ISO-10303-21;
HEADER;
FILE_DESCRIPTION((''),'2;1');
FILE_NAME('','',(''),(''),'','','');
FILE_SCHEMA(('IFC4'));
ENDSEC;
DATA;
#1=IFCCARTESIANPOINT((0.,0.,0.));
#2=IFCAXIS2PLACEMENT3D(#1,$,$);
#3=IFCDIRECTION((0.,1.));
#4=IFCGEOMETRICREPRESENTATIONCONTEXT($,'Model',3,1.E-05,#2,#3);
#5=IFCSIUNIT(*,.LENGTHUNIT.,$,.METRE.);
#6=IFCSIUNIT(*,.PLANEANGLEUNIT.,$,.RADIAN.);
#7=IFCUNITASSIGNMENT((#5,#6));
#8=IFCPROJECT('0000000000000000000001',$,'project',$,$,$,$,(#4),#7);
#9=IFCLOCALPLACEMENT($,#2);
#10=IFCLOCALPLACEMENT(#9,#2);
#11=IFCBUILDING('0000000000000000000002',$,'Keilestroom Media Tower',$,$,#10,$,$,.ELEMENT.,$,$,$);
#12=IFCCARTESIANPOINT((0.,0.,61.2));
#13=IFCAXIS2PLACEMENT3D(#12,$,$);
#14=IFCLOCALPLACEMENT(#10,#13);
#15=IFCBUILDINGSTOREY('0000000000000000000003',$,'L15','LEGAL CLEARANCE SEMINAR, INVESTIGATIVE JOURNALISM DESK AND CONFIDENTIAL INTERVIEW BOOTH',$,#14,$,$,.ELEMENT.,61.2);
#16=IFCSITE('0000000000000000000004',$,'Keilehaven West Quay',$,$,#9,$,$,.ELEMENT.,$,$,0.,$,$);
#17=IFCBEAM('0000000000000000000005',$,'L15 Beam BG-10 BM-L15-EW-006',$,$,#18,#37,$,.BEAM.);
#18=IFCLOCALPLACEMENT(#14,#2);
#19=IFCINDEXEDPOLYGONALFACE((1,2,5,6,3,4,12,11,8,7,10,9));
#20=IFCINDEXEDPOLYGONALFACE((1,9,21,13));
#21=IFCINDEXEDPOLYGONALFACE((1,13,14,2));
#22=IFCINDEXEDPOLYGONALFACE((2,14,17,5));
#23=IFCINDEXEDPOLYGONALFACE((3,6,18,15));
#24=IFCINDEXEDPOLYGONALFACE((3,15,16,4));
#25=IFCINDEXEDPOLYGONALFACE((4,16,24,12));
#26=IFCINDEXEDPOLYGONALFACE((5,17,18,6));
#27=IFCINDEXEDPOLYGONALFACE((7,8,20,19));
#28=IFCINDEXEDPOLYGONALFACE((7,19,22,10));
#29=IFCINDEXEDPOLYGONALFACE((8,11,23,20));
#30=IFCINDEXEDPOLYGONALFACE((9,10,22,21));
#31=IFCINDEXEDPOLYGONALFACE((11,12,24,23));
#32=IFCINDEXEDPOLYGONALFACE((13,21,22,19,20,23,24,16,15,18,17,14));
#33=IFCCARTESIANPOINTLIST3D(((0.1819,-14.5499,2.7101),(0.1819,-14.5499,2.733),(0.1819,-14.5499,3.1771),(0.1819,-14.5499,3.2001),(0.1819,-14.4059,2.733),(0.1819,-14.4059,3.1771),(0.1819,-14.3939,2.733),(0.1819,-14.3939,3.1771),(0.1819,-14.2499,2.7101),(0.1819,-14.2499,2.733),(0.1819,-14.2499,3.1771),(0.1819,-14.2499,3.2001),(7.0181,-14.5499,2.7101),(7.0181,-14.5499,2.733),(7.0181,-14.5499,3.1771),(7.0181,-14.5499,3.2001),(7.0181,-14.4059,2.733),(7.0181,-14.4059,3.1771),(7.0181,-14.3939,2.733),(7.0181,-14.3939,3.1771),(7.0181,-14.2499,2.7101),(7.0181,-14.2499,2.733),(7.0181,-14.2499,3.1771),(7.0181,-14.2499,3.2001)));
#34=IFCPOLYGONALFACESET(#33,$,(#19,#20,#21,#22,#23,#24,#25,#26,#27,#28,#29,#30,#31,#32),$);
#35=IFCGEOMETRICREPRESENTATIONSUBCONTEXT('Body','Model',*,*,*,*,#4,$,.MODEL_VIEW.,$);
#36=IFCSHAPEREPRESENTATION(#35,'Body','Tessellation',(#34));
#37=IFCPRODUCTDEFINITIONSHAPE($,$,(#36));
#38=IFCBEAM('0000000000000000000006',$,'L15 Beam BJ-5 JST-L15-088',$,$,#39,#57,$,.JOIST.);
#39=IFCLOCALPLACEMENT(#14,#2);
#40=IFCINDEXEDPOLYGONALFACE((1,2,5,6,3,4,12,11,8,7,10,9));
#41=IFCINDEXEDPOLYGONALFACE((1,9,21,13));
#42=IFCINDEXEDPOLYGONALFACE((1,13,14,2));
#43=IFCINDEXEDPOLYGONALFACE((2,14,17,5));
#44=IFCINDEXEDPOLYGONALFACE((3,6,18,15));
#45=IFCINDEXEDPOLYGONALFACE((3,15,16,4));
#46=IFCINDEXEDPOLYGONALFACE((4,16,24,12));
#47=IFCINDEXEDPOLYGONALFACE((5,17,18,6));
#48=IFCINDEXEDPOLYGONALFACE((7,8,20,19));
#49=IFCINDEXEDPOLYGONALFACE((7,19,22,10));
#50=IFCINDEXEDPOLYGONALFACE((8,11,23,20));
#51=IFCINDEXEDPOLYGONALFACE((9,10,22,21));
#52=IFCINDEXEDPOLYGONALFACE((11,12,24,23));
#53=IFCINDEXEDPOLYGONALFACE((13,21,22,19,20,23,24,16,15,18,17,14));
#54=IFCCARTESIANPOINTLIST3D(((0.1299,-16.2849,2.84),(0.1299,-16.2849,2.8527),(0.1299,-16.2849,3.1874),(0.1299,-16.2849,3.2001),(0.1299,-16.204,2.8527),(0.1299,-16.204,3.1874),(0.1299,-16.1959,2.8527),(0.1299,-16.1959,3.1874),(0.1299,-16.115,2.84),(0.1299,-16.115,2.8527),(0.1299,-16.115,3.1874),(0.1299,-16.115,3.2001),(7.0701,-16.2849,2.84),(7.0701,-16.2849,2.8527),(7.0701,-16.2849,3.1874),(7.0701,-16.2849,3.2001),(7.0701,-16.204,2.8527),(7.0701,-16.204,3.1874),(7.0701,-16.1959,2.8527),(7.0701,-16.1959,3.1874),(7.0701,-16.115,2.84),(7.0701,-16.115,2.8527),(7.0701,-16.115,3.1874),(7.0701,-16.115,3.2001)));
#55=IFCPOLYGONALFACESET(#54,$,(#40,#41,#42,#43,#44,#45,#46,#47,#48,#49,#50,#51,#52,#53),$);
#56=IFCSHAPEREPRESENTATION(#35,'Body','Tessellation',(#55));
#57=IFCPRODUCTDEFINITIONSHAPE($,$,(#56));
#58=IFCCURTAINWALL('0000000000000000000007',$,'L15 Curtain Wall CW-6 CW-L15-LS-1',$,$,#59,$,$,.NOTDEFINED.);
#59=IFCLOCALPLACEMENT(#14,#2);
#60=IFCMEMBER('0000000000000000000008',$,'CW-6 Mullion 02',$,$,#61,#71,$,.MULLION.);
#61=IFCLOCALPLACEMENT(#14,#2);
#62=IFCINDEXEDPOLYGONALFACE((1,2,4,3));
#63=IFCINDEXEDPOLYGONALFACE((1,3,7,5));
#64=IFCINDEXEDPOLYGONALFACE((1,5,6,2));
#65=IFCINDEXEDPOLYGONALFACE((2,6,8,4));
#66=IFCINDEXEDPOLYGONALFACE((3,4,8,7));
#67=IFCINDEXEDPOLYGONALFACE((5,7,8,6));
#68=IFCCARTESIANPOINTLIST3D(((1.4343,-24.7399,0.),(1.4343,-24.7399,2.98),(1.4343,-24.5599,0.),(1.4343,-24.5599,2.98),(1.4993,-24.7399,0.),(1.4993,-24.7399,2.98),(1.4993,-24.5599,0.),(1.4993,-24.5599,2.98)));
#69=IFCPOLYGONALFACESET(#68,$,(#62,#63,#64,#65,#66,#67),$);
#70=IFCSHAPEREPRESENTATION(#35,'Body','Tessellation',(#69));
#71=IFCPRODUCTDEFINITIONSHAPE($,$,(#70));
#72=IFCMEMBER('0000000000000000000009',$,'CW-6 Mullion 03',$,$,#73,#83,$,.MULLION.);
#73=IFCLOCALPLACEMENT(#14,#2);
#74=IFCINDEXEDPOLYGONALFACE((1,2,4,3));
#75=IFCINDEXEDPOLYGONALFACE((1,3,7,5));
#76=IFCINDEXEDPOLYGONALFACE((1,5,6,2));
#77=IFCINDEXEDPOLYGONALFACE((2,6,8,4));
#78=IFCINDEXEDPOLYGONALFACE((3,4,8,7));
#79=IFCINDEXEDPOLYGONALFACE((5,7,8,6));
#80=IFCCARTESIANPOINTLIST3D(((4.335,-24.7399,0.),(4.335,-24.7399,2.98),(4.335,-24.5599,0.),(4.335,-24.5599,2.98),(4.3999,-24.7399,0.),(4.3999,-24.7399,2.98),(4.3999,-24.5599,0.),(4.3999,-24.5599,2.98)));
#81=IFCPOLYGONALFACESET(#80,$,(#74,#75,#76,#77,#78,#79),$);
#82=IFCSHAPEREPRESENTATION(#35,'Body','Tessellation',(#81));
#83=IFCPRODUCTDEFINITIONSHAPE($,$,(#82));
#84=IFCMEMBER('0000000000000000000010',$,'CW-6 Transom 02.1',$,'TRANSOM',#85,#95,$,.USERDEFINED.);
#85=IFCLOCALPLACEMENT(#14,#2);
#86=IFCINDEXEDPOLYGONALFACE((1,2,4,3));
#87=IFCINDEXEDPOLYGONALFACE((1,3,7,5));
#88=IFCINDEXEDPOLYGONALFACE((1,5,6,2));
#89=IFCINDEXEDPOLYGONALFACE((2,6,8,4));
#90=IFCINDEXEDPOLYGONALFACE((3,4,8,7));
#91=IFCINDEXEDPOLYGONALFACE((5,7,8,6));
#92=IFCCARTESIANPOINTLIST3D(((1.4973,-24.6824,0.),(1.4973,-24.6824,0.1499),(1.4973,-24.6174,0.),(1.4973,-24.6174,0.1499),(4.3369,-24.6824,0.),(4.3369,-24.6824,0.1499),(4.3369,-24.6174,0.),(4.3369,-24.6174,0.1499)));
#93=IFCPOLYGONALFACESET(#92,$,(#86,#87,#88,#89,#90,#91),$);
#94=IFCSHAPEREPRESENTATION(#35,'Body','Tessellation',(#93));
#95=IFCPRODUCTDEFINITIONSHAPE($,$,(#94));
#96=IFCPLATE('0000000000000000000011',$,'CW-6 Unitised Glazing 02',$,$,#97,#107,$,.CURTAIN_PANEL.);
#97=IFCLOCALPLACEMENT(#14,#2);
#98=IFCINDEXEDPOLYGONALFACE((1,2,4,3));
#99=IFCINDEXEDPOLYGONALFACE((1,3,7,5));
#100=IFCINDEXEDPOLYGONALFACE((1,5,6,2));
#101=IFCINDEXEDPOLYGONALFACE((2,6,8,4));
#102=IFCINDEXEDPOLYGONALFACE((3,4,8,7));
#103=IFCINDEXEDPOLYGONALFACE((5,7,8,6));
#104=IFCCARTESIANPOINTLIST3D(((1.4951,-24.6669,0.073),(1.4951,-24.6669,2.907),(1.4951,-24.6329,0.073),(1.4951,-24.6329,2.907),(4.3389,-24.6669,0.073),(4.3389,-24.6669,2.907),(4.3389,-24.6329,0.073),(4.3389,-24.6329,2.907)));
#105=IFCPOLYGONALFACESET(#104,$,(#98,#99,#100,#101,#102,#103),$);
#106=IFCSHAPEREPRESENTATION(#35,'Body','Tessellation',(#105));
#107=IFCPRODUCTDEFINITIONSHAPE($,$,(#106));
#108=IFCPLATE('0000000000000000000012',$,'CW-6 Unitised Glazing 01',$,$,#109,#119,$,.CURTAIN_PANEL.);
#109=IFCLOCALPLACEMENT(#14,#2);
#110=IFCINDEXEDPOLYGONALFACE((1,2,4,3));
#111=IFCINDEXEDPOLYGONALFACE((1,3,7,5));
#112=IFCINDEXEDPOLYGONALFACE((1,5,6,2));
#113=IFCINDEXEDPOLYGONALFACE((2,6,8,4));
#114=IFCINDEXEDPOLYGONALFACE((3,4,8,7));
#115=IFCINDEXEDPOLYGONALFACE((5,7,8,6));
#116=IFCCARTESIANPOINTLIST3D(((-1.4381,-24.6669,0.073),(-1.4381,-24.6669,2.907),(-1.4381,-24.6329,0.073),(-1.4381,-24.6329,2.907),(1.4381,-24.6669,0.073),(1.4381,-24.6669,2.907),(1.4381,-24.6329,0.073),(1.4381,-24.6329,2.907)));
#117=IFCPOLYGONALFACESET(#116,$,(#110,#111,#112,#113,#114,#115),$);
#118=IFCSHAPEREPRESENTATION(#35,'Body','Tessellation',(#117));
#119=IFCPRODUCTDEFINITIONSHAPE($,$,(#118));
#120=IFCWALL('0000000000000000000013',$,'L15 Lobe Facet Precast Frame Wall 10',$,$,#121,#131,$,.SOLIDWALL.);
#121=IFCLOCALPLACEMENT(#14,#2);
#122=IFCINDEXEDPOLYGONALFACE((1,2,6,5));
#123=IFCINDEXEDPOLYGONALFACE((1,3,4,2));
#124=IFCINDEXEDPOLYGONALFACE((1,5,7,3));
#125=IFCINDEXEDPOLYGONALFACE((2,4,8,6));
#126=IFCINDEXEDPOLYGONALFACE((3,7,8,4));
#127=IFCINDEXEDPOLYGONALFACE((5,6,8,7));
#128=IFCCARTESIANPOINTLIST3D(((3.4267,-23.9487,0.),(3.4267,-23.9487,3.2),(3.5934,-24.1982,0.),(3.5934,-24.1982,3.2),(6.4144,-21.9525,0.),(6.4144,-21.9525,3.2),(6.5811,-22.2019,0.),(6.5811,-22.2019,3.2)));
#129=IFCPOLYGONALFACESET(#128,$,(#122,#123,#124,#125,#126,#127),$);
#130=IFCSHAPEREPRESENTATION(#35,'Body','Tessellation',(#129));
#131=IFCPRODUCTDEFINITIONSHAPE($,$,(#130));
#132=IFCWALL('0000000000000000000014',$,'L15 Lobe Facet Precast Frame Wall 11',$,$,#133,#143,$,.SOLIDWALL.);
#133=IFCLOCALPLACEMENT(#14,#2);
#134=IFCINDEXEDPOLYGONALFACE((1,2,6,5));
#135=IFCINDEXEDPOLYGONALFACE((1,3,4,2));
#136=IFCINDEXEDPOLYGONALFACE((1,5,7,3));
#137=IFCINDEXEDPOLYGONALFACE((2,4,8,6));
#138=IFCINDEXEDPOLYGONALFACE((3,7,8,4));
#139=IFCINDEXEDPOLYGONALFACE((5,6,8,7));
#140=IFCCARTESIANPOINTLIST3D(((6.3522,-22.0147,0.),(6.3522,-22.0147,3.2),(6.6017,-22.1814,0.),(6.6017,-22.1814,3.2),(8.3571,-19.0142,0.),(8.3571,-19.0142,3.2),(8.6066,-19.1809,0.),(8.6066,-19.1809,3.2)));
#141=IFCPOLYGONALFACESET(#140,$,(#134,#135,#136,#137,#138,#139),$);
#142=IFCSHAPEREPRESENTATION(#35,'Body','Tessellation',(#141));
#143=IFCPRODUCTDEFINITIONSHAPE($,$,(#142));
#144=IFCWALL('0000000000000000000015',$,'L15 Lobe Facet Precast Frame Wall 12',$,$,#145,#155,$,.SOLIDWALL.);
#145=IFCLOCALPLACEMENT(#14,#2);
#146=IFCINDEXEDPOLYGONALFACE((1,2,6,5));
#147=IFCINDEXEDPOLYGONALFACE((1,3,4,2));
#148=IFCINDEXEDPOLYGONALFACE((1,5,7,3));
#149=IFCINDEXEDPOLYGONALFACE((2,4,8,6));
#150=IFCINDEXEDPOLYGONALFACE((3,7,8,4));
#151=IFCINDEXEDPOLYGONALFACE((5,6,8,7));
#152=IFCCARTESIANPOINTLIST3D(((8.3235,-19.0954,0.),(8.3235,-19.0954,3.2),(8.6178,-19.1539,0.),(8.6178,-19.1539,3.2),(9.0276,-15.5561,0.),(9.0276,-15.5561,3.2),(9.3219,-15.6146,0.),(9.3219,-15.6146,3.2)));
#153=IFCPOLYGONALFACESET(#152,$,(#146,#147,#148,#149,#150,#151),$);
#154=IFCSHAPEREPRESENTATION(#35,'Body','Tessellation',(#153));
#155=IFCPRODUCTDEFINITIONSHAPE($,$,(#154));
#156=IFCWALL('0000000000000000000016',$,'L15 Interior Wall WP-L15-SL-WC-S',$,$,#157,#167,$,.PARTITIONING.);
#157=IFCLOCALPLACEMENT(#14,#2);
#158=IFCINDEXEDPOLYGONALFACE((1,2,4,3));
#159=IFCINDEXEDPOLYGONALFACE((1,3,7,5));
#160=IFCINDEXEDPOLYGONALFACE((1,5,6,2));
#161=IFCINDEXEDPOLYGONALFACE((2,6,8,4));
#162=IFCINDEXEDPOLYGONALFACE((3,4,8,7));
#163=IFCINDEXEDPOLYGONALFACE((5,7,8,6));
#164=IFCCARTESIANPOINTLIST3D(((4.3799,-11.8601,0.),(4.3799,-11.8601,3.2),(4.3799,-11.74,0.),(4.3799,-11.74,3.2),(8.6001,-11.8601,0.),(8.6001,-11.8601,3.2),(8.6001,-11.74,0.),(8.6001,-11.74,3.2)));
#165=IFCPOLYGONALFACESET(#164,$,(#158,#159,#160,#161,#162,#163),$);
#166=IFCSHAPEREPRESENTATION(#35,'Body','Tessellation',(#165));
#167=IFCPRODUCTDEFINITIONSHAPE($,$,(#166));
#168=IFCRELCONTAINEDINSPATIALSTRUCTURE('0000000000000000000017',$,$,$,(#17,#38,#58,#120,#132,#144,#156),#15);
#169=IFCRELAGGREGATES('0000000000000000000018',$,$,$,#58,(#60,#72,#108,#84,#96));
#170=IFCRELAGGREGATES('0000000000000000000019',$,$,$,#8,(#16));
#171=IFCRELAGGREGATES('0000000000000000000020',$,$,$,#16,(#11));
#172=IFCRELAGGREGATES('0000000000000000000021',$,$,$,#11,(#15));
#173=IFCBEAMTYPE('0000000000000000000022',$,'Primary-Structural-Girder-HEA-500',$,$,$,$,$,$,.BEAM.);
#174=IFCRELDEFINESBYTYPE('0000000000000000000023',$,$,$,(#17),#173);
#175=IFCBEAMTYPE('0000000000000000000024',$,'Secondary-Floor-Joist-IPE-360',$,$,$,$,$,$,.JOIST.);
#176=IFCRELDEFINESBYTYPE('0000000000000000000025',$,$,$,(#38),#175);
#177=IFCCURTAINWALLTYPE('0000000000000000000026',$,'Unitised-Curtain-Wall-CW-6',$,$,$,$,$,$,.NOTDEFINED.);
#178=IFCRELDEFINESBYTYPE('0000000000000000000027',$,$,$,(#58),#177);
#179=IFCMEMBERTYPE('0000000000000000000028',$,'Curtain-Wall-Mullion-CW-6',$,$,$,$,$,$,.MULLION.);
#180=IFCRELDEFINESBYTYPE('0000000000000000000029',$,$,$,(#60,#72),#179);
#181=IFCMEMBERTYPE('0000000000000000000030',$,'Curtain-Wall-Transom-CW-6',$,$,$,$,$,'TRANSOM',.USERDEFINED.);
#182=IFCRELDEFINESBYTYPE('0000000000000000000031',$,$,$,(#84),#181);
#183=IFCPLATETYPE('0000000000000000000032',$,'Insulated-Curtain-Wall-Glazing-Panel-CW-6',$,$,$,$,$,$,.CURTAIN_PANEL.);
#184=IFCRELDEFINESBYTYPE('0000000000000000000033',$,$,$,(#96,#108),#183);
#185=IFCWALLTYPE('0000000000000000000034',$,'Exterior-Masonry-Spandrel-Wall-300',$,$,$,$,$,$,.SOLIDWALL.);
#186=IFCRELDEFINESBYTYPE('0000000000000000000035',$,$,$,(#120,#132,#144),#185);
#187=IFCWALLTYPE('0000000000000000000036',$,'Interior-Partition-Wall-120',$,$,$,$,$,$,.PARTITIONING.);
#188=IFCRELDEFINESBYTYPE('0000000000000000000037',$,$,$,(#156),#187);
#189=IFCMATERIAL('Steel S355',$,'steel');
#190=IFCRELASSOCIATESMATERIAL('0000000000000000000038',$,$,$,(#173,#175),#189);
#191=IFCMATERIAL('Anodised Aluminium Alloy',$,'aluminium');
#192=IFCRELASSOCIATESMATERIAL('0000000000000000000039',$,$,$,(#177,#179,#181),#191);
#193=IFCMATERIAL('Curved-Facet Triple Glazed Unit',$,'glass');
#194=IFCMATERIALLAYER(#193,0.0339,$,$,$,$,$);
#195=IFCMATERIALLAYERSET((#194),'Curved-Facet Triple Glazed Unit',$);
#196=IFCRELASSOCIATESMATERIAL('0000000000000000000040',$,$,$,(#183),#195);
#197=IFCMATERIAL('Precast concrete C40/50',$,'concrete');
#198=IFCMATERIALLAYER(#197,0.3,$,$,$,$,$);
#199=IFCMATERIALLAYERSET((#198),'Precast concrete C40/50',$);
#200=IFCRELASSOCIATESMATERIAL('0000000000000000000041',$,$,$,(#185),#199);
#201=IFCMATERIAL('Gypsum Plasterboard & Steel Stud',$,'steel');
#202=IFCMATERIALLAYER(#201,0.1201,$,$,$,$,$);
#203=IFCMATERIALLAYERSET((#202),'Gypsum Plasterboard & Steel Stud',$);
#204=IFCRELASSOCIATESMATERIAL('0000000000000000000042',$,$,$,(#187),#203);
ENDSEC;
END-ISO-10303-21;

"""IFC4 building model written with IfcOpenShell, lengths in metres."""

from ifc_helpers import new_model, si_unit, direction, frame, frame_2d, origin, origin_2d, place, context, subcontext, project, spatial, rectangle, i_section, extrude, source, transform, mapped, material, layer, layer_set, material_profile, profile_set, type_object, element, aggregate, save


model = new_model("IFC4")

# Units and contexts
model_context = context("Model", 3, precision=1e-05, world=origin(), true_north=direction((0.0, 1.0)))
body_context = subcontext(model_context, "Body", "Model", "MODEL_VIEW")
ifc_project = project(units=[si_unit("LENGTHUNIT", "METRE"), si_unit("PLANEANGLEUNIT", "RADIAN")], contexts=[model_context])

# Site, building, storey
site_placement = place(None, origin())
site = spatial("IfcSite", under=ifc_project, at=site_placement, Name="Keilehaven West Quay", CompositionType="ELEMENT", RefElevation=0.0)
building_placement = place(site_placement, origin())
building = spatial("IfcBuilding", under=site, at=building_placement, Name="Keilestroom Media Tower", CompositionType="ELEMENT")
storey_placement = place(building_placement, frame((0.0, 0.0, 61.2)))
storey = spatial("IfcBuildingStorey", under=building, at=storey_placement, Name="L15", Description="LEGAL CLEARANCE SEMINAR, INVESTIGATIVE JOURNALISM DESK AND CONFIDENTIAL INTERVIEW BOOTH", CompositionType="ELEMENT", Elevation=61.2)

# Beams
ifc_material_1 = material(Name="Steel S355", Category="steel")
ifc_material_profile_1 = material_profile(ifc_material_1, i_section(OverallWidth=0.3, OverallDepth=0.49, WebThickness=0.012, FlangeThickness=0.0229, at=origin_2d()), Name="HEA 500")
ifc_profile_set_1 = profile_set([ifc_material_profile_1], Name="Steel S355")
beam_type_1 = type_object("IfcBeamType", Name="Primary-Structural-Girder-HEA-500", PredefinedType="BEAM", material=ifc_profile_set_1)
shared_shape_1 = source(origin(), body_context, "Body", "SweptSolid", [
    extrude(i_section(OverallWidth=0.3, OverallDepth=0.49, WebThickness=0.012, FlangeThickness=0.0229, at=origin_2d()), origin(), (0.0, 0.0, 1.0), 6.8362),
])
for number, where, z_axis, x_axis, name in (
    (1, (0.1819, -14.3999, 2.9551), (1.0, 0.0, 0.0), (0.0, 1.0, 0.0), "L15 Beam BG-10 BM-L15-EW-006"),
):
    element("IfcBeam", number, at=place(storey_placement, frame(where, z_axis=z_axis, x_axis=x_axis)), inside=storey, type_object=beam_type_1, Name=name, PredefinedType="BEAM", context=body_context, shape_type="MappedRepresentation", body=[
        mapped(shared_shape_1, transform((0.0, 0.0, 0.0), x_axis=(1.0, 0.0, 0.0), y_axis=(0.0, 1.0, 0.0), z_axis=(0.0, 0.0, 1.0), scale=1.0)),
    ])
ifc_material_profile_2 = material_profile(ifc_material_1, i_section(OverallWidth=0.1699, OverallDepth=0.3601, WebThickness=0.0081, FlangeThickness=0.0127, at=origin_2d()), Name="IPE 360")
ifc_profile_set_2 = profile_set([ifc_material_profile_2], Name="Steel S355")
beam_type_2 = type_object("IfcBeamType", Name="Secondary-Floor-Joist-IPE-360", PredefinedType="JOIST", material=ifc_profile_set_2)
shared_shape_2 = source(origin(), body_context, "Body", "SweptSolid", [
    extrude(i_section(OverallWidth=0.1699, OverallDepth=0.3601, WebThickness=0.0081, FlangeThickness=0.0127, at=origin_2d()), origin(), (0.0, 0.0, 1.0), 6.9402),
])
beam_1_placement = place(storey_placement, frame((0.1299, -16.2, 3.02), z_axis=(1.0, 0.0, 0.0), x_axis=(0.0, 1.0, 0.0)))
element("IfcBeam", 2, at=beam_1_placement, inside=storey, type_object=beam_type_2, Name="L15 Beam BJ-5 JST-L15-088", PredefinedType="JOIST", context=body_context, shape_type="MappedRepresentation", body=[
    mapped(shared_shape_2, transform((0.0, 0.0, 0.0), x_axis=(1.0, 0.0, 0.0), y_axis=(0.0, 1.0, 0.0), z_axis=(0.0, 0.0, 1.0), scale=1.0)),
])

# Curtain wall, members, plates
ifc_material_2 = material(Name="Anodised Aluminium Alloy", Category="aluminium")
curtain_wall_type = type_object("IfcCurtainWallType", Name="Unitised-Curtain-Wall-CW-6", PredefinedType="NOTDEFINED", material=ifc_material_2)
curtain_wall_placement = place(storey_placement, origin())
curtain_wall = element("IfcCurtainWall", 3, at=curtain_wall_placement, inside=storey, type_object=curtain_wall_type, Name="L15 Curtain Wall CW-6 CW-L15-LS-1", PredefinedType="NOTDEFINED")
ifc_material_profile_3 = material_profile(ifc_material_2, rectangle(XDim=0.0649, YDim=0.1799, at=origin_2d()), Name="ALU MULLION 65x180")
ifc_profile_set_3 = profile_set([ifc_material_profile_3], Name="Anodised Aluminium Alloy")
member_type_1 = type_object("IfcMemberType", Name="Curtain-Wall-Mullion-CW-6", PredefinedType="MULLION", material=ifc_profile_set_3)
shared_shape_3 = source(origin(), body_context, "Body", "SweptSolid", [
    extrude(rectangle(XDim=0.0649, YDim=0.1799, at=origin_2d()), origin(), (0.0, 0.0, 1.0), 2.98),
])
member_1_placement = place(storey_placement, frame((1.4668, -24.6499, 0.0), z_axis=(0.0, 0.0, 1.0), x_axis=(1.0, 0.0, 0.0)))
member_1 = element("IfcMember", 4, at=member_1_placement, type_object=member_type_1, Name="CW-6 Mullion 02", PredefinedType="MULLION", context=body_context, shape_type="MappedRepresentation", body=[
    mapped(shared_shape_3, transform((0.0, 0.0, 0.0), x_axis=(1.0, 0.0, 0.0), y_axis=(0.0, 1.0, 0.0), z_axis=(0.0, 0.0, 1.0), scale=1.0)),
])
member_2_placement = place(storey_placement, frame((4.3674, -24.6499, 0.0), z_axis=(0.0, 0.0, 1.0), x_axis=(1.0, 0.0, 0.0)))
member_2 = element("IfcMember", 5, at=member_2_placement, type_object=member_type_1, Name="CW-6 Mullion 03", PredefinedType="MULLION", context=body_context, shape_type="MappedRepresentation", body=[
    mapped(shared_shape_3, transform((0.0, 0.0, 0.0), x_axis=(1.0, 0.0, 0.0), y_axis=(0.0, 1.0, 0.0), z_axis=(0.0, 0.0, 1.0), scale=1.0)),
])
ifc_material_profile_4 = material_profile(ifc_material_2, rectangle(XDim=0.0649, YDim=0.1499, at=origin_2d()), Name="ALU TRANSOM 65x150")
ifc_profile_set_4 = profile_set([ifc_material_profile_4], Name="Anodised Aluminium Alloy")
member_type_2 = type_object("IfcMemberType", Name="Curtain-Wall-Transom-CW-6", ElementType="TRANSOM", PredefinedType="USERDEFINED", material=ifc_profile_set_4)
shared_shape_4 = source(origin(), body_context, "Body", "SweptSolid", [
    extrude(rectangle(XDim=0.0649, YDim=0.1499, at=origin_2d()), origin(), (0.0, 0.0, 1.0), 2.8396),
])
member_3_placement = place(storey_placement, frame((1.4973, -24.6499, 0.075), z_axis=(1.0, 0.0, 0.0), x_axis=(0.0, 1.0, 0.0)))
member_3 = element("IfcMember", 6, at=member_3_placement, type_object=member_type_2, Name="CW-6 Transom 02.1", ObjectType="TRANSOM", PredefinedType="USERDEFINED", context=body_context, shape_type="MappedRepresentation", body=[
    mapped(shared_shape_4, transform((0.0, 0.0, 0.0), x_axis=(1.0, 0.0, 0.0), y_axis=(0.0, 1.0, 0.0), z_axis=(0.0, 0.0, 1.0), scale=1.0)),
])
ifc_material_3 = material(Name="Curved-Facet Triple Glazed Unit", Category="glass")
ifc_layer_1 = layer(ifc_material_3, 0.0339)
ifc_layer_set_1 = layer_set([ifc_layer_1], Name="Curved-Facet Triple Glazed Unit")
plate_type = type_object("IfcPlateType", Name="Insulated-Curtain-Wall-Glazing-Panel-CW-6", PredefinedType="CURTAIN_PANEL", material=ifc_layer_set_1)
shared_shape_5 = source(origin(), body_context, "Body", "SweptSolid", [
    extrude(rectangle(XDim=2.8438, YDim=0.0339, at=origin_2d()), origin(), (0.0, 0.0, 1.0), 2.834),
])
plate_1_placement = place(storey_placement, frame((2.917, -24.6499, 0.073), z_axis=(0.0, 0.0, 1.0), x_axis=(1.0, 0.0, 0.0)))
plate_1 = element("IfcPlate", 7, at=plate_1_placement, type_object=plate_type, Name="CW-6 Unitised Glazing 02", PredefinedType="CURTAIN_PANEL", context=body_context, shape_type="MappedRepresentation", body=[
    mapped(shared_shape_5, transform((0.0, 0.0, 0.0), x_axis=(1.0, 0.0, 0.0), y_axis=(0.0, 1.0, 0.0), z_axis=(0.0, 0.0, 1.0), scale=1.0)),
])
shared_shape_6 = source(origin(), body_context, "Body", "SweptSolid", [
    extrude(rectangle(XDim=2.8762, YDim=0.0339, at=origin_2d()), origin(), (0.0, 0.0, 1.0), 2.834),
])
plate_2_placement = place(storey_placement, frame((0.0, -24.6499, 0.073), z_axis=(0.0, 0.0, 1.0), x_axis=(1.0, 0.0, 0.0)))
plate_2 = element("IfcPlate", 8, at=plate_2_placement, type_object=plate_type, Name="CW-6 Unitised Glazing 01", PredefinedType="CURTAIN_PANEL", context=body_context, shape_type="MappedRepresentation", body=[
    mapped(shared_shape_6, transform((0.0, 0.0, 0.0), x_axis=(1.0, 0.0, 0.0), y_axis=(0.0, 1.0, 0.0), z_axis=(0.0, 0.0, 1.0), scale=1.0)),
])
aggregate(curtain_wall, [member_1, member_2, plate_2, member_3, plate_1])

# Walls
ifc_material_4 = material(Name="Precast concrete C40/50", Category="concrete")
ifc_layer_2 = layer(ifc_material_4, 0.3)
ifc_layer_set_2 = layer_set([ifc_layer_2], Name="Precast concrete C40/50")
wall_type_1 = type_object("IfcWallType", Name="Exterior-Masonry-Spandrel-Wall-300", PredefinedType="SOLIDWALL", material=ifc_layer_set_2)
wall_1_placement = place(storey_placement, frame((3.51, -24.0735, 0.0), z_axis=(0.0, 0.0, 1.0), x_axis=(0.831475, 0.555562, 0.0)))
element("IfcWall", 9, at=wall_1_placement, inside=storey, type_object=wall_type_1, Name="L15 Lobe Facet Precast Frame Wall 10", PredefinedType="SOLIDWALL", context=body_context, shape_type="SweptSolid", body=[
    extrude(rectangle(XDim=3.5933, YDim=0.3, at=frame_2d((1.7966, 0.0))), origin(), (0.0, 0.0, 1.0), 3.2),
])
for number, where, z_axis, x_axis, name in (
    (10, (6.4771, -22.0979, 0.0), (0.0, 0.0, 1.0), (0.555574, 0.831467, 0.0), "L15 Lobe Facet Precast Frame Wall 11"),
    (11, (8.4707, -19.1245, 0.0), (0.0, 0.0, 1.0), (0.195114, 0.980781, 0.0), "L15 Lobe Facet Precast Frame Wall 12"),
):
    element("IfcWall", number, at=place(storey_placement, frame(where, z_axis=z_axis, x_axis=x_axis)), inside=storey, type_object=wall_type_1, Name=name, PredefinedType="SOLIDWALL", context=body_context, shape_type="SweptSolid", body=[
        extrude(rectangle(XDim=3.6086, YDim=0.3, at=frame_2d((1.8042, 0.0))), origin(), (0.0, 0.0, 1.0), 3.2),
    ])
ifc_material_5 = material(Name="Gypsum Plasterboard & Steel Stud", Category="steel")
ifc_layer_3 = layer(ifc_material_5, 0.1201)
ifc_layer_set_3 = layer_set([ifc_layer_3], Name="Gypsum Plasterboard & Steel Stud")
wall_type_2 = type_object("IfcWallType", Name="Interior-Partition-Wall-120", PredefinedType="PARTITIONING", material=ifc_layer_set_3)
wall_2_placement = place(storey_placement, frame((4.3799, -11.8, 0.0), z_axis=(0.0, 0.0, 1.0), x_axis=(1.0, 0.0, 0.0)))
element("IfcWall", 12, at=wall_2_placement, inside=storey, type_object=wall_type_2, Name="L15 Interior Wall WP-L15-SL-WC-S", PredefinedType="PARTITIONING", context=body_context, shape_type="SweptSolid", body=[
    extrude(rectangle(XDim=4.2202, YDim=0.1201, at=frame_2d((2.1101, 0.0))), origin(), (0.0, 0.0, 1.0), 3.2),
])

save(model, "model.ifc")
